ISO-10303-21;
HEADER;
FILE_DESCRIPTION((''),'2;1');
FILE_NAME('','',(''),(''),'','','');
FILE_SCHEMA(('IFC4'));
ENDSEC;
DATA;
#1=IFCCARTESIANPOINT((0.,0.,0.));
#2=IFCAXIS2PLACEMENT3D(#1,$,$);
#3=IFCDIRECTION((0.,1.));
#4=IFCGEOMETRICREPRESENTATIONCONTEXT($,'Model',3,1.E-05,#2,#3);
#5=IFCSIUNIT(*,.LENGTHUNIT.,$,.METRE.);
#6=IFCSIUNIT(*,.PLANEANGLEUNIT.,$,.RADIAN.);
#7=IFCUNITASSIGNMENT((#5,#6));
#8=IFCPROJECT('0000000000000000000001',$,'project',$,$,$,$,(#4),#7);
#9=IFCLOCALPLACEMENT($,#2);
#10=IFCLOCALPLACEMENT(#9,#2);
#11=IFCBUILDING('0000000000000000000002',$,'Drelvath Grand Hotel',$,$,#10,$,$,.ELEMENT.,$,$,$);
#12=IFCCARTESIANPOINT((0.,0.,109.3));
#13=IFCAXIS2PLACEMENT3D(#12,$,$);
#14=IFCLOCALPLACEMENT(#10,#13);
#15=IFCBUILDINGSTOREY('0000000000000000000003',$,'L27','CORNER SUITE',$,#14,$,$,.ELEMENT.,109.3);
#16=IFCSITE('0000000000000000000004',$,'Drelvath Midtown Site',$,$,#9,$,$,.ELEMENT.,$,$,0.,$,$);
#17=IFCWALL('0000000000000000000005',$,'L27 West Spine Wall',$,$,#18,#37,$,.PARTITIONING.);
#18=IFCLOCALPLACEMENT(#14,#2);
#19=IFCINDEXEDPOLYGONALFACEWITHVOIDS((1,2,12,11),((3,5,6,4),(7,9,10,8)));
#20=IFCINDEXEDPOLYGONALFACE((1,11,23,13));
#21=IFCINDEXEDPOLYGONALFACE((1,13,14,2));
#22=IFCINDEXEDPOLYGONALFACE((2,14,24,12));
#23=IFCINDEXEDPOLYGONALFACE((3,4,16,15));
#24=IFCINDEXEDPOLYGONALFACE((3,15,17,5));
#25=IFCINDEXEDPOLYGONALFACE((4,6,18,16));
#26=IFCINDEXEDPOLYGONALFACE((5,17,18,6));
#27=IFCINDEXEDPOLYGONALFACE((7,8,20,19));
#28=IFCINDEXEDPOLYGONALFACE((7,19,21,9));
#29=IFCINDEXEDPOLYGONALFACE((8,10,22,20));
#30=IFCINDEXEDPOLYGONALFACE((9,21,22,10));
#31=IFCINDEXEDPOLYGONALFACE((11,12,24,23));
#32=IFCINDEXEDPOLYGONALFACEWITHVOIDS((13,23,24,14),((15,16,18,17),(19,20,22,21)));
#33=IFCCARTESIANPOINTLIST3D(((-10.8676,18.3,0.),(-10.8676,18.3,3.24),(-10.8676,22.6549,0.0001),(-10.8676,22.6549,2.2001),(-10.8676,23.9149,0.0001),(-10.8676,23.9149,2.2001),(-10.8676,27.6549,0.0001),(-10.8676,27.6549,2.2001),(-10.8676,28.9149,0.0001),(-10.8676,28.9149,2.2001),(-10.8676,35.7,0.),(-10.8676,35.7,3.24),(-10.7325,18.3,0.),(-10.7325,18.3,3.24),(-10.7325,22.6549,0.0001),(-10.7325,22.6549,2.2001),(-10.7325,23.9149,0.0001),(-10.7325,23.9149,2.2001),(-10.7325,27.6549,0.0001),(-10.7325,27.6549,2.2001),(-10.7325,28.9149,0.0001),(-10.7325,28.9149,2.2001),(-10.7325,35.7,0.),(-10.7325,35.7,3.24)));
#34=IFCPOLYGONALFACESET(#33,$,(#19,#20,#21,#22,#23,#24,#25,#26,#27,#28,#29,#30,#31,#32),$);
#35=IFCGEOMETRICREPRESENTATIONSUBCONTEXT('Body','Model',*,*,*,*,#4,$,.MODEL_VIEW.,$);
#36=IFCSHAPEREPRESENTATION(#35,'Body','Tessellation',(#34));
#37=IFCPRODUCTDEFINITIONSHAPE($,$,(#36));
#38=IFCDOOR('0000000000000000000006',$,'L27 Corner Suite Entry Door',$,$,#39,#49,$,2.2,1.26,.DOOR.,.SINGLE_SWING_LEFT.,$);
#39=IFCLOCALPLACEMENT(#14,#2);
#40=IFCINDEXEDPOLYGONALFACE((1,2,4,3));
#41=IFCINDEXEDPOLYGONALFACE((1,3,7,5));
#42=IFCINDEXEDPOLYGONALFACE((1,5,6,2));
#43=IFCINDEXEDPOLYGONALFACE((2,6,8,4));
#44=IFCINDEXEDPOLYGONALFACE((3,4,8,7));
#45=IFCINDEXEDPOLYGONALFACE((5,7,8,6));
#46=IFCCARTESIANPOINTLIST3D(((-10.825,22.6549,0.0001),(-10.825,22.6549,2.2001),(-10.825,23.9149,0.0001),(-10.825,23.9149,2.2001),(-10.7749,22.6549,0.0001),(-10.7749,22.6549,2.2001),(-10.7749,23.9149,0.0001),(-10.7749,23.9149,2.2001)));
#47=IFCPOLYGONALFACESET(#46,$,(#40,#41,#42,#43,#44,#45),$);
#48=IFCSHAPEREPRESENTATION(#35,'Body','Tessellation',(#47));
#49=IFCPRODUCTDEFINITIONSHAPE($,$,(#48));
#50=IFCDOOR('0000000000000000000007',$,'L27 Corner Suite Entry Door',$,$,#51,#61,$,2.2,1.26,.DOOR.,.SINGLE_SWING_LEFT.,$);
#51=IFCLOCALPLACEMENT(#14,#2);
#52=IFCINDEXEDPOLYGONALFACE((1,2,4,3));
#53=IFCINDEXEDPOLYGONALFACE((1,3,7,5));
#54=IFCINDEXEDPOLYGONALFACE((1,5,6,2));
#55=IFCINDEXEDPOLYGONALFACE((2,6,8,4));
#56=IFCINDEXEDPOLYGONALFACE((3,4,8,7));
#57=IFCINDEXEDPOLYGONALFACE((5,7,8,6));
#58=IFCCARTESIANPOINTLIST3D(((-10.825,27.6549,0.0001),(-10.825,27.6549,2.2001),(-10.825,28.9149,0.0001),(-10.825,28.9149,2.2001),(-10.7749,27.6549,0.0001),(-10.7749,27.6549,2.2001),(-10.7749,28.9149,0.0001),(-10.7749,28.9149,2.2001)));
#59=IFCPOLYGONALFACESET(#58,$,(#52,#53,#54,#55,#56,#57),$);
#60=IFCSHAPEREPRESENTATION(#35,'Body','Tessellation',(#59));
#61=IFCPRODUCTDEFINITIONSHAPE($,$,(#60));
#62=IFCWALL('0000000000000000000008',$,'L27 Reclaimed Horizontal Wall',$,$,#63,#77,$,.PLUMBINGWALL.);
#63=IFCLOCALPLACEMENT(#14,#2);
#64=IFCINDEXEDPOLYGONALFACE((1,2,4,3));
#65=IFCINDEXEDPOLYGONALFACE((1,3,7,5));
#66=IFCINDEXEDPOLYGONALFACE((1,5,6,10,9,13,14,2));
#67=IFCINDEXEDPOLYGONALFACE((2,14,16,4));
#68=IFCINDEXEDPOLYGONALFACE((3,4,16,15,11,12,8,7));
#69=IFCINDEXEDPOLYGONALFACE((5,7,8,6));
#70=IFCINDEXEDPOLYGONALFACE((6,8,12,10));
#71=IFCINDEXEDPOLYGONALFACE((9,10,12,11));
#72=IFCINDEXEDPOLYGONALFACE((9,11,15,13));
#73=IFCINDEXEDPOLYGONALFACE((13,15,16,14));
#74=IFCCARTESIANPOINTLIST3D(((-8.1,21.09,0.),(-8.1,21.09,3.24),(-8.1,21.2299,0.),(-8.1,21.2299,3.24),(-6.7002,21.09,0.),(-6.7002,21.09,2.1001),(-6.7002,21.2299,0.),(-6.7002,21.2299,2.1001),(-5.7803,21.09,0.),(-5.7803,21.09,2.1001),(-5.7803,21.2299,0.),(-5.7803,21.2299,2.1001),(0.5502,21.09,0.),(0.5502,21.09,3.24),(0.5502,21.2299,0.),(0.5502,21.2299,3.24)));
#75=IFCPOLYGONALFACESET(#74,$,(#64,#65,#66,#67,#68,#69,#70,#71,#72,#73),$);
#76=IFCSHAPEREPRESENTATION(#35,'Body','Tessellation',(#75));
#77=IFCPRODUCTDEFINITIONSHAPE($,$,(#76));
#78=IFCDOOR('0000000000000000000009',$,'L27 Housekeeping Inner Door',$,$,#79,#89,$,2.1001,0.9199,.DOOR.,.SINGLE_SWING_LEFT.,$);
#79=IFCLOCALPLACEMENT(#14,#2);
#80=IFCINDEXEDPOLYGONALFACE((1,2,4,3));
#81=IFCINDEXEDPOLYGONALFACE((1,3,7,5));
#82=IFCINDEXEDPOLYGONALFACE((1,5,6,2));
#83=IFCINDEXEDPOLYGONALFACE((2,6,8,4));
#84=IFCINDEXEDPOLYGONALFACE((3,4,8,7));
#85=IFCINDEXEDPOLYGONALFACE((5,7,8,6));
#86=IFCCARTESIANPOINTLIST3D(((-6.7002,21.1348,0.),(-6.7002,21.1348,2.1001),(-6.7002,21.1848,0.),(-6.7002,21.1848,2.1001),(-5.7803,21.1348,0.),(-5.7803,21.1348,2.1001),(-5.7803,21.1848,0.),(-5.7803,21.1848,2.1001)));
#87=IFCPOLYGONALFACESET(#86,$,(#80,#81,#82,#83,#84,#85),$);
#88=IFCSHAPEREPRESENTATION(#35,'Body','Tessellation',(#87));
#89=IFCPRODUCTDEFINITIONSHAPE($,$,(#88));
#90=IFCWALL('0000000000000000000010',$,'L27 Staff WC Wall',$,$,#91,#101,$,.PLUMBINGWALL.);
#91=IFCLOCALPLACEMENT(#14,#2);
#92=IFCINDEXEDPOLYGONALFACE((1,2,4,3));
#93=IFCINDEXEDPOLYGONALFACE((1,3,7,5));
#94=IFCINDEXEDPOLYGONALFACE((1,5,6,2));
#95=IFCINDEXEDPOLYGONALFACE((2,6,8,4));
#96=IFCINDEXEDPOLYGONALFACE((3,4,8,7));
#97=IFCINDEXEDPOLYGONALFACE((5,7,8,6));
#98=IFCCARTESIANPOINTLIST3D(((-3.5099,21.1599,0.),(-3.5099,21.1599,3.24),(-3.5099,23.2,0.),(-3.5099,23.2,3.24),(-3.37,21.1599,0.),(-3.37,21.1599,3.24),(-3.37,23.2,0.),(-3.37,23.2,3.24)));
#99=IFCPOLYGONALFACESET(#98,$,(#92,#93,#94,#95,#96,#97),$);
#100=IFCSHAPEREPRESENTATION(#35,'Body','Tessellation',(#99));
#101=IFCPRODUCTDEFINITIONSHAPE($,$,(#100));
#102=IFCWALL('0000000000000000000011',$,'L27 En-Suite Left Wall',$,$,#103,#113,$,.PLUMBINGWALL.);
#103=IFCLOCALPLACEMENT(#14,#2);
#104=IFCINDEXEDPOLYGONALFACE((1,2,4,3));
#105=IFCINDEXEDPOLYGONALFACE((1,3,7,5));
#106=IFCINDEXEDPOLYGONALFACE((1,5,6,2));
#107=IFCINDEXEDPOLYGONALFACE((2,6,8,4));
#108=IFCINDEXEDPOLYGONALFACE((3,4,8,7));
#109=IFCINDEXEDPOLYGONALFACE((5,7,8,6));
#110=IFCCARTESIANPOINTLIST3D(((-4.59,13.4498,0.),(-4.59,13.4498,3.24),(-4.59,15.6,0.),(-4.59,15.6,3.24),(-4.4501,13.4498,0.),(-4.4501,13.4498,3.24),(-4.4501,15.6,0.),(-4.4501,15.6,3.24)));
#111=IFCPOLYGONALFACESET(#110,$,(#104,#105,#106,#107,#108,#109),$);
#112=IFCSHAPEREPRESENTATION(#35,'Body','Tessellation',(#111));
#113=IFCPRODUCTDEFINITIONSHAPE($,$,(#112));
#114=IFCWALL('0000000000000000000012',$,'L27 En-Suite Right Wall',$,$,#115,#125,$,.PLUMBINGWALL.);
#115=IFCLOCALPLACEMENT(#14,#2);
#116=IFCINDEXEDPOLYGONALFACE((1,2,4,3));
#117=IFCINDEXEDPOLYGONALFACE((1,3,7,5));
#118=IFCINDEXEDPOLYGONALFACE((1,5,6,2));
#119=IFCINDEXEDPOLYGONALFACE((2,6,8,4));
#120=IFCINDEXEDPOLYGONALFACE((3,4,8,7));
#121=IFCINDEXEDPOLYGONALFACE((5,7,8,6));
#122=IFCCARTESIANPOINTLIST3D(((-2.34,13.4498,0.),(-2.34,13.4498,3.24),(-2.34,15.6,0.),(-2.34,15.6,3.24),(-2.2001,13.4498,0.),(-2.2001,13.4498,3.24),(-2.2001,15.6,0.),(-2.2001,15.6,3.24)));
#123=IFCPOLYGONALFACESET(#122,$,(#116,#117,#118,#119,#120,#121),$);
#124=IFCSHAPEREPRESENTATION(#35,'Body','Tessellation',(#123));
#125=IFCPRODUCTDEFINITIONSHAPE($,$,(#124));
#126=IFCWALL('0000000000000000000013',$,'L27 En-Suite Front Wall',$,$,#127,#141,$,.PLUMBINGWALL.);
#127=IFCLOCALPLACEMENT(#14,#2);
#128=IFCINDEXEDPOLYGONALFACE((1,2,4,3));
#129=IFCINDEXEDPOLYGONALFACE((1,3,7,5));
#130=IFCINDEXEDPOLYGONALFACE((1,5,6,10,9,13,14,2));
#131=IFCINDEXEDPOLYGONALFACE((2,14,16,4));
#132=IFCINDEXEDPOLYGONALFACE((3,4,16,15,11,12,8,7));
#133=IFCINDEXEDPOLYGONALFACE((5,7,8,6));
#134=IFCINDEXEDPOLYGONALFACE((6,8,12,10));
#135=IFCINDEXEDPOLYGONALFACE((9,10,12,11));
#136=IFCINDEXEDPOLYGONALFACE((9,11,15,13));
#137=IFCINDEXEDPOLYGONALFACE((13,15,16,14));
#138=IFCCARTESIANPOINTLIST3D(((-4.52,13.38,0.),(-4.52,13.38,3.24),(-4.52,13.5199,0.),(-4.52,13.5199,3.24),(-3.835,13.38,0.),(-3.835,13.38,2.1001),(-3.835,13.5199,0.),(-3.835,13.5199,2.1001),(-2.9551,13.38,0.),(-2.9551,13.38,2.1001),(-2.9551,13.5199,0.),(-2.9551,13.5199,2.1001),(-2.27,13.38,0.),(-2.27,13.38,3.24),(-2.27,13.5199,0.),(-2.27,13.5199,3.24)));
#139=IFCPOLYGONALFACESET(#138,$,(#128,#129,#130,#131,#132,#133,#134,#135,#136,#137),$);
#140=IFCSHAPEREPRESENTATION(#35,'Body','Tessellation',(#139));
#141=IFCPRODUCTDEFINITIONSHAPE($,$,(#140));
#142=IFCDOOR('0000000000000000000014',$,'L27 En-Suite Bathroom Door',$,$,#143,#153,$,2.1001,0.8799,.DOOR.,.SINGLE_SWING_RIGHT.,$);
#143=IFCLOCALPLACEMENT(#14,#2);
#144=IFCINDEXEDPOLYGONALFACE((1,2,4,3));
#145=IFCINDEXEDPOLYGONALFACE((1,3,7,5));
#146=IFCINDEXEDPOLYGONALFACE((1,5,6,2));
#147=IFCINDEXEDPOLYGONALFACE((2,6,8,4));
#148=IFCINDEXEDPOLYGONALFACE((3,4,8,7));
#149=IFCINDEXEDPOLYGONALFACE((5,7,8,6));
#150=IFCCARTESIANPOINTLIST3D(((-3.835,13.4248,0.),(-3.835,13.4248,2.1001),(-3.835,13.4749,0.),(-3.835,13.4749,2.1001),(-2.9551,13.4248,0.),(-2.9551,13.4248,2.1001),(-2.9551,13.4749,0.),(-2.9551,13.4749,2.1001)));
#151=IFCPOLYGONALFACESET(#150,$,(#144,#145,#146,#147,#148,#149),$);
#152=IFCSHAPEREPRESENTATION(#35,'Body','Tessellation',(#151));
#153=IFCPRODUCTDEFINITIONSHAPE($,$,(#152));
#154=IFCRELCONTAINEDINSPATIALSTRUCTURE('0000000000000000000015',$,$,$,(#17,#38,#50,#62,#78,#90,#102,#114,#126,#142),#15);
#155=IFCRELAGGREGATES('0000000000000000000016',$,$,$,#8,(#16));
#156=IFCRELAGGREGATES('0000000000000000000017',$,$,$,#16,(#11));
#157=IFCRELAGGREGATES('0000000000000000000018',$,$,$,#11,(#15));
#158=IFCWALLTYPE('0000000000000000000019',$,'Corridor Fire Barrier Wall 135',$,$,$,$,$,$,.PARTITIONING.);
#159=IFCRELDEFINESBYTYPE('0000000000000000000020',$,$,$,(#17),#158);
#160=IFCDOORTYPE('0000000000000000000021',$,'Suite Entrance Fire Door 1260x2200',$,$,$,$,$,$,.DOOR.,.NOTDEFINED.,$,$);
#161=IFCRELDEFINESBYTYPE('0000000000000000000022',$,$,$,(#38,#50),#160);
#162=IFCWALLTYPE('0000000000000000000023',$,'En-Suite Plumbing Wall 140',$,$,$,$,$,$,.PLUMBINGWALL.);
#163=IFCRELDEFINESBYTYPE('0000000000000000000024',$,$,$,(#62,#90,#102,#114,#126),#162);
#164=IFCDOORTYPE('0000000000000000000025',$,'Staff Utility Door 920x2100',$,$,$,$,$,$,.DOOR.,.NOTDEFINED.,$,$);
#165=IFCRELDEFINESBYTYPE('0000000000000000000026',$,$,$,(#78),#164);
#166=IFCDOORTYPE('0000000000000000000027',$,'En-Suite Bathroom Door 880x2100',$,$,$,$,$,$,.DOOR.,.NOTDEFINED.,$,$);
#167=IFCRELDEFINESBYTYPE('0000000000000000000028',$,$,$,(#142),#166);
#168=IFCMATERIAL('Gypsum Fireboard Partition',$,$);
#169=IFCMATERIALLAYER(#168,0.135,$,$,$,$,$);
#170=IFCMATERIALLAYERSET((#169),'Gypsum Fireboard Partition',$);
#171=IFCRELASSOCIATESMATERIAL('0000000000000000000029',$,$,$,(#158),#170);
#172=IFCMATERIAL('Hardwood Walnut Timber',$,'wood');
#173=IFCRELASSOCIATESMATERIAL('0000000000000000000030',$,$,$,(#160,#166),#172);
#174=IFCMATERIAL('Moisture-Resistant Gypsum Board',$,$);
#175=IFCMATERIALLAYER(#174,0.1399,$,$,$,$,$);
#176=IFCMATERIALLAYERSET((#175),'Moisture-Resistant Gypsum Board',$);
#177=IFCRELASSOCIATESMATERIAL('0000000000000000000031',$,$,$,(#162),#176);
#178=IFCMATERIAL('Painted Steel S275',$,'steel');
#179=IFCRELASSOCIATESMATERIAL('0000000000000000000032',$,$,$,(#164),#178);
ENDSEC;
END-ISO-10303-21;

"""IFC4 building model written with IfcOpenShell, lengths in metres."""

from ifc_helpers import new_model, si_unit, direction, frame, frame_2d, origin, place, context, subcontext, project, spatial, rectangle, extrude, material, layer, layer_set, type_object, element, fill, save


model = new_model("IFC4")

# Units and contexts
model_context = context("Model", 3, precision=1e-05, world=origin(), true_north=direction((0.0, 1.0)))
body_context = subcontext(model_context, "Body", "Model", "MODEL_VIEW")
ifc_project = project(units=[si_unit("LENGTHUNIT", "METRE"), si_unit("PLANEANGLEUNIT", "RADIAN")], contexts=[model_context])

# Site, building, storey
site_placement = place(None, origin())
site = spatial("IfcSite", under=ifc_project, at=site_placement, Name="Drelvath Midtown Site", CompositionType="ELEMENT", RefElevation=0.0)
building_placement = place(site_placement, origin())
building = spatial("IfcBuilding", under=site, at=building_placement, Name="Drelvath Grand Hotel", CompositionType="ELEMENT")
storey_placement = place(building_placement, frame((0.0, 0.0, 109.3)))
storey = spatial("IfcBuildingStorey", under=building, at=storey_placement, Name="L27", Description="CORNER SUITE", CompositionType="ELEMENT", Elevation=109.3)

# Shared definitions
ifc_material_1 = material(Name="Gypsum Fireboard Partition")
ifc_layer_1 = layer(ifc_material_1, 0.135)
ifc_layer_set_1 = layer_set([ifc_layer_1], Name="Gypsum Fireboard Partition")
wall_type_1 = type_object("IfcWallType", Name="Corridor Fire Barrier Wall 135", PredefinedType="PARTITIONING", material=ifc_layer_set_1)

# Wall, openings, doors
ifc_material_2 = material(Name="Hardwood Walnut Timber", Category="wood")
door_type_1 = type_object("IfcDoorType", Name="Suite Entrance Fire Door 1260x2200", OperationType="NOTDEFINED", PredefinedType="DOOR", material=ifc_material_2)
wall_1_placement = place(storey_placement, frame((-10.8, 18.3, 0.0), z_axis=(0.0, 0.0, 1.0), x_axis=(0.0, 1.0, 0.0)))
wall_1 = element("IfcWall", 1, at=wall_1_placement, inside=storey, type_object=wall_type_1, Name="L27 West Spine Wall", PredefinedType="PARTITIONING", context=body_context, shape_type="SweptSolid", body=[
    extrude(rectangle(XDim=17.3999, YDim=0.135, at=frame_2d((8.7, 0.0))), origin(), (0.0, 0.0, 1.0), 3.24),
])
opening_1_placement = place(wall_1_placement, frame((4.355, 0.0, 0.0)))
opening_1 = element("IfcOpeningElement", 2, at=opening_1_placement, cuts=wall_1, PredefinedType="OPENING", context=body_context, shape_type="SweptSolid", body=[
    extrude(rectangle(XDim=1.26, YDim=2.2, at=frame_2d((0.6299, 1.1001))), frame((0.0, 0.0774, 0.0), z_axis=(0.0, -1.0, 0.0), x_axis=(1.0, 0.0, 0.0)), (0.0, 0.0, 1.0), 0.155),
])
opening_2_placement = place(wall_1_placement, frame((9.355, 0.0, 0.0)))
opening_2 = element("IfcOpeningElement", 3, at=opening_2_placement, cuts=wall_1, PredefinedType="OPENING", context=body_context, shape_type="SweptSolid", body=[
    extrude(rectangle(XDim=1.26, YDim=2.2, at=frame_2d((0.6299, 1.1001))), frame((0.0, 0.0774, 0.0), z_axis=(0.0, -1.0, 0.0), x_axis=(1.0, 0.0, 0.0)), (0.0, 0.0, 1.0), 0.155),
])
door_1_placement = place(opening_1_placement, origin())
door_1 = element("IfcDoor", 4, at=door_1_placement, inside=storey, type_object=door_type_1, Name="L27 Corner Suite Entry Door", OperationType="SINGLE_SWING_LEFT", OverallHeight=2.2, OverallWidth=1.26, PredefinedType="DOOR", context=body_context, shape_type="SweptSolid", body=[
    extrude(rectangle(XDim=1.26, YDim=2.2, at=frame_2d((0.6299, 1.1001))), frame((0.0, 0.0249, 0.0), z_axis=(0.0, -1.0, 0.0), x_axis=(1.0, 0.0, 0.0)), (0.0, 0.0, 1.0), 0.05),
])
fill(opening_1, door_1)
door_2_placement = place(opening_2_placement, origin())
door_2 = element("IfcDoor", 5, at=door_2_placement, inside=storey, type_object=door_type_1, Name="L27 Corner Suite Entry Door", OperationType="SINGLE_SWING_LEFT", OverallHeight=2.2, OverallWidth=1.26, PredefinedType="DOOR", context=body_context, shape_type="SweptSolid", body=[
    extrude(rectangle(XDim=1.26, YDim=2.2, at=frame_2d((0.6299, 1.1001))), frame((0.0, 0.0249, 0.0), z_axis=(0.0, -1.0, 0.0), x_axis=(1.0, 0.0, 0.0)), (0.0, 0.0, 1.0), 0.05),
])
fill(opening_2, door_2)

# Wall, opening, door
ifc_material_3 = material(Name="Moisture-Resistant Gypsum Board")
ifc_layer_2 = layer(ifc_material_3, 0.1399)
ifc_layer_set_2 = layer_set([ifc_layer_2], Name="Moisture-Resistant Gypsum Board")
wall_type_2 = type_object("IfcWallType", Name="En-Suite Plumbing Wall 140", PredefinedType="PLUMBINGWALL", material=ifc_layer_set_2)
wall_2_placement = place(storey_placement, frame((-8.1001, 21.1599, 0.0), z_axis=(0.0, 0.0, 1.0), x_axis=(1.0, 0.0, 0.0)))
wall_2 = element("IfcWall", 6, at=wall_2_placement, inside=storey, type_object=wall_type_2, Name="L27 Reclaimed Horizontal Wall", PredefinedType="PLUMBINGWALL", context=body_context, shape_type="SweptSolid", body=[
    extrude(rectangle(XDim=8.6501, YDim=0.1399, at=frame_2d((4.3252, 0.0))), origin(), (0.0, 0.0, 1.0), 3.24),
])
opening_3_placement = place(wall_2_placement, frame((1.3999, 0.0, 0.0)))
opening_3 = element("IfcOpeningElement", 7, at=opening_3_placement, cuts=wall_2, PredefinedType="OPENING", context=body_context, shape_type="SweptSolid", body=[
    extrude(rectangle(XDim=0.9199, YDim=2.1001, at=frame_2d((0.46, 1.05))), frame((0.0, 0.0798, 0.0), z_axis=(0.0, -1.0, 0.0), x_axis=(1.0, 0.0, 0.0)), (0.0, 0.0, 1.0), 0.1599),
])
ifc_material_4 = material(Name="Painted Steel S275", Category="steel")
door_type_2 = type_object("IfcDoorType", Name="Staff Utility Door 920x2100", OperationType="NOTDEFINED", PredefinedType="DOOR", material=ifc_material_4)
door_3_placement = place(opening_3_placement, origin())
door_3 = element("IfcDoor", 8, at=door_3_placement, inside=storey, type_object=door_type_2, Name="L27 Housekeeping Inner Door", OperationType="SINGLE_SWING_LEFT", OverallHeight=2.1001, OverallWidth=0.9199, PredefinedType="DOOR", context=body_context, shape_type="SweptSolid", body=[
    extrude(rectangle(XDim=0.9199, YDim=2.1001, at=frame_2d((0.46, 1.05))), frame((0.0, 0.0249, 0.0), z_axis=(0.0, -1.0, 0.0), x_axis=(1.0, 0.0, 0.0)), (0.0, 0.0, 1.0), 0.05),
])
fill(opening_3, door_3)

# Walls
wall_3_placement = place(storey_placement, frame((-3.4399, 21.1599, 0.0), z_axis=(0.0, 0.0, 1.0), x_axis=(0.0, 1.0, 0.0)))
element("IfcWall", 9, at=wall_3_placement, inside=storey, type_object=wall_type_2, Name="L27 Staff WC Wall", PredefinedType="PLUMBINGWALL", context=body_context, shape_type="SweptSolid", body=[
    extrude(rectangle(XDim=2.04, YDim=0.1399, at=frame_2d((1.02, 0.0))), origin(), (0.0, 0.0, 1.0), 3.24),
])
for number, where, z_axis, x_axis, name in (
    (10, (-4.52, 15.6001, 0.0), (0.0, 0.0, 1.0), (0.0, -1.0, 0.0), "L27 En-Suite Left Wall"),
    (11, (-2.27, 15.6001, 0.0), (0.0, 0.0, 1.0), (0.0, -1.0, 0.0), "L27 En-Suite Right Wall"),
):
    element("IfcWall", number, at=place(storey_placement, frame(where, z_axis=z_axis, x_axis=x_axis)), inside=storey, type_object=wall_type_2, Name=name, PredefinedType="PLUMBINGWALL", context=body_context, shape_type="SweptSolid", body=[
        extrude(rectangle(XDim=2.1501, YDim=0.1399, at=frame_2d((1.0752, 0.0))), origin(), (0.0, 0.0, 1.0), 3.24),
    ])

# Wall, opening, door
wall_4_placement = place(storey_placement, frame((-4.52, 13.45, 0.0), z_axis=(0.0, 0.0, 1.0), x_axis=(1.0, 0.0, 0.0)))
wall_4 = element("IfcWall", 12, at=wall_4_placement, inside=storey, type_object=wall_type_2, Name="L27 En-Suite Front Wall", PredefinedType="PLUMBINGWALL", context=body_context, shape_type="SweptSolid", body=[
    extrude(rectangle(XDim=2.25, YDim=0.1399, at=frame_2d((1.125, 0.0))), origin(), (0.0, 0.0, 1.0), 3.24),
])
opening_4_placement = place(wall_4_placement, frame((0.6851, 0.0, 0.0)))
opening_4 = element("IfcOpeningElement", 13, at=opening_4_placement, cuts=wall_4, PredefinedType="OPENING", context=body_context, shape_type="SweptSolid", body=[
    extrude(rectangle(XDim=0.8799, YDim=2.1001, at=frame_2d((0.4399, 1.05))), frame((0.0, 0.0798, 0.0), z_axis=(0.0, -1.0, 0.0), x_axis=(1.0, 0.0, 0.0)), (0.0, 0.0, 1.0), 0.1599),
])
door_type_3 = type_object("IfcDoorType", Name="En-Suite Bathroom Door 880x2100", OperationType="NOTDEFINED", PredefinedType="DOOR", material=ifc_material_2)
door_4_placement = place(opening_4_placement, origin())
door_4 = element("IfcDoor", 14, at=door_4_placement, inside=storey, type_object=door_type_3, Name="L27 En-Suite Bathroom Door", OperationType="SINGLE_SWING_RIGHT", OverallHeight=2.1001, OverallWidth=0.8799, PredefinedType="DOOR", context=body_context, shape_type="SweptSolid", body=[
    extrude(rectangle(XDim=0.8799, YDim=2.1001, at=frame_2d((0.4399, 1.05))), frame((0.0, 0.0249, 0.0), z_axis=(0.0, -1.0, 0.0), x_axis=(1.0, 0.0, 0.0)), (0.0, 0.0, 1.0), 0.05),
])
fill(opening_4, door_4)

save(model, "model.ifc")
